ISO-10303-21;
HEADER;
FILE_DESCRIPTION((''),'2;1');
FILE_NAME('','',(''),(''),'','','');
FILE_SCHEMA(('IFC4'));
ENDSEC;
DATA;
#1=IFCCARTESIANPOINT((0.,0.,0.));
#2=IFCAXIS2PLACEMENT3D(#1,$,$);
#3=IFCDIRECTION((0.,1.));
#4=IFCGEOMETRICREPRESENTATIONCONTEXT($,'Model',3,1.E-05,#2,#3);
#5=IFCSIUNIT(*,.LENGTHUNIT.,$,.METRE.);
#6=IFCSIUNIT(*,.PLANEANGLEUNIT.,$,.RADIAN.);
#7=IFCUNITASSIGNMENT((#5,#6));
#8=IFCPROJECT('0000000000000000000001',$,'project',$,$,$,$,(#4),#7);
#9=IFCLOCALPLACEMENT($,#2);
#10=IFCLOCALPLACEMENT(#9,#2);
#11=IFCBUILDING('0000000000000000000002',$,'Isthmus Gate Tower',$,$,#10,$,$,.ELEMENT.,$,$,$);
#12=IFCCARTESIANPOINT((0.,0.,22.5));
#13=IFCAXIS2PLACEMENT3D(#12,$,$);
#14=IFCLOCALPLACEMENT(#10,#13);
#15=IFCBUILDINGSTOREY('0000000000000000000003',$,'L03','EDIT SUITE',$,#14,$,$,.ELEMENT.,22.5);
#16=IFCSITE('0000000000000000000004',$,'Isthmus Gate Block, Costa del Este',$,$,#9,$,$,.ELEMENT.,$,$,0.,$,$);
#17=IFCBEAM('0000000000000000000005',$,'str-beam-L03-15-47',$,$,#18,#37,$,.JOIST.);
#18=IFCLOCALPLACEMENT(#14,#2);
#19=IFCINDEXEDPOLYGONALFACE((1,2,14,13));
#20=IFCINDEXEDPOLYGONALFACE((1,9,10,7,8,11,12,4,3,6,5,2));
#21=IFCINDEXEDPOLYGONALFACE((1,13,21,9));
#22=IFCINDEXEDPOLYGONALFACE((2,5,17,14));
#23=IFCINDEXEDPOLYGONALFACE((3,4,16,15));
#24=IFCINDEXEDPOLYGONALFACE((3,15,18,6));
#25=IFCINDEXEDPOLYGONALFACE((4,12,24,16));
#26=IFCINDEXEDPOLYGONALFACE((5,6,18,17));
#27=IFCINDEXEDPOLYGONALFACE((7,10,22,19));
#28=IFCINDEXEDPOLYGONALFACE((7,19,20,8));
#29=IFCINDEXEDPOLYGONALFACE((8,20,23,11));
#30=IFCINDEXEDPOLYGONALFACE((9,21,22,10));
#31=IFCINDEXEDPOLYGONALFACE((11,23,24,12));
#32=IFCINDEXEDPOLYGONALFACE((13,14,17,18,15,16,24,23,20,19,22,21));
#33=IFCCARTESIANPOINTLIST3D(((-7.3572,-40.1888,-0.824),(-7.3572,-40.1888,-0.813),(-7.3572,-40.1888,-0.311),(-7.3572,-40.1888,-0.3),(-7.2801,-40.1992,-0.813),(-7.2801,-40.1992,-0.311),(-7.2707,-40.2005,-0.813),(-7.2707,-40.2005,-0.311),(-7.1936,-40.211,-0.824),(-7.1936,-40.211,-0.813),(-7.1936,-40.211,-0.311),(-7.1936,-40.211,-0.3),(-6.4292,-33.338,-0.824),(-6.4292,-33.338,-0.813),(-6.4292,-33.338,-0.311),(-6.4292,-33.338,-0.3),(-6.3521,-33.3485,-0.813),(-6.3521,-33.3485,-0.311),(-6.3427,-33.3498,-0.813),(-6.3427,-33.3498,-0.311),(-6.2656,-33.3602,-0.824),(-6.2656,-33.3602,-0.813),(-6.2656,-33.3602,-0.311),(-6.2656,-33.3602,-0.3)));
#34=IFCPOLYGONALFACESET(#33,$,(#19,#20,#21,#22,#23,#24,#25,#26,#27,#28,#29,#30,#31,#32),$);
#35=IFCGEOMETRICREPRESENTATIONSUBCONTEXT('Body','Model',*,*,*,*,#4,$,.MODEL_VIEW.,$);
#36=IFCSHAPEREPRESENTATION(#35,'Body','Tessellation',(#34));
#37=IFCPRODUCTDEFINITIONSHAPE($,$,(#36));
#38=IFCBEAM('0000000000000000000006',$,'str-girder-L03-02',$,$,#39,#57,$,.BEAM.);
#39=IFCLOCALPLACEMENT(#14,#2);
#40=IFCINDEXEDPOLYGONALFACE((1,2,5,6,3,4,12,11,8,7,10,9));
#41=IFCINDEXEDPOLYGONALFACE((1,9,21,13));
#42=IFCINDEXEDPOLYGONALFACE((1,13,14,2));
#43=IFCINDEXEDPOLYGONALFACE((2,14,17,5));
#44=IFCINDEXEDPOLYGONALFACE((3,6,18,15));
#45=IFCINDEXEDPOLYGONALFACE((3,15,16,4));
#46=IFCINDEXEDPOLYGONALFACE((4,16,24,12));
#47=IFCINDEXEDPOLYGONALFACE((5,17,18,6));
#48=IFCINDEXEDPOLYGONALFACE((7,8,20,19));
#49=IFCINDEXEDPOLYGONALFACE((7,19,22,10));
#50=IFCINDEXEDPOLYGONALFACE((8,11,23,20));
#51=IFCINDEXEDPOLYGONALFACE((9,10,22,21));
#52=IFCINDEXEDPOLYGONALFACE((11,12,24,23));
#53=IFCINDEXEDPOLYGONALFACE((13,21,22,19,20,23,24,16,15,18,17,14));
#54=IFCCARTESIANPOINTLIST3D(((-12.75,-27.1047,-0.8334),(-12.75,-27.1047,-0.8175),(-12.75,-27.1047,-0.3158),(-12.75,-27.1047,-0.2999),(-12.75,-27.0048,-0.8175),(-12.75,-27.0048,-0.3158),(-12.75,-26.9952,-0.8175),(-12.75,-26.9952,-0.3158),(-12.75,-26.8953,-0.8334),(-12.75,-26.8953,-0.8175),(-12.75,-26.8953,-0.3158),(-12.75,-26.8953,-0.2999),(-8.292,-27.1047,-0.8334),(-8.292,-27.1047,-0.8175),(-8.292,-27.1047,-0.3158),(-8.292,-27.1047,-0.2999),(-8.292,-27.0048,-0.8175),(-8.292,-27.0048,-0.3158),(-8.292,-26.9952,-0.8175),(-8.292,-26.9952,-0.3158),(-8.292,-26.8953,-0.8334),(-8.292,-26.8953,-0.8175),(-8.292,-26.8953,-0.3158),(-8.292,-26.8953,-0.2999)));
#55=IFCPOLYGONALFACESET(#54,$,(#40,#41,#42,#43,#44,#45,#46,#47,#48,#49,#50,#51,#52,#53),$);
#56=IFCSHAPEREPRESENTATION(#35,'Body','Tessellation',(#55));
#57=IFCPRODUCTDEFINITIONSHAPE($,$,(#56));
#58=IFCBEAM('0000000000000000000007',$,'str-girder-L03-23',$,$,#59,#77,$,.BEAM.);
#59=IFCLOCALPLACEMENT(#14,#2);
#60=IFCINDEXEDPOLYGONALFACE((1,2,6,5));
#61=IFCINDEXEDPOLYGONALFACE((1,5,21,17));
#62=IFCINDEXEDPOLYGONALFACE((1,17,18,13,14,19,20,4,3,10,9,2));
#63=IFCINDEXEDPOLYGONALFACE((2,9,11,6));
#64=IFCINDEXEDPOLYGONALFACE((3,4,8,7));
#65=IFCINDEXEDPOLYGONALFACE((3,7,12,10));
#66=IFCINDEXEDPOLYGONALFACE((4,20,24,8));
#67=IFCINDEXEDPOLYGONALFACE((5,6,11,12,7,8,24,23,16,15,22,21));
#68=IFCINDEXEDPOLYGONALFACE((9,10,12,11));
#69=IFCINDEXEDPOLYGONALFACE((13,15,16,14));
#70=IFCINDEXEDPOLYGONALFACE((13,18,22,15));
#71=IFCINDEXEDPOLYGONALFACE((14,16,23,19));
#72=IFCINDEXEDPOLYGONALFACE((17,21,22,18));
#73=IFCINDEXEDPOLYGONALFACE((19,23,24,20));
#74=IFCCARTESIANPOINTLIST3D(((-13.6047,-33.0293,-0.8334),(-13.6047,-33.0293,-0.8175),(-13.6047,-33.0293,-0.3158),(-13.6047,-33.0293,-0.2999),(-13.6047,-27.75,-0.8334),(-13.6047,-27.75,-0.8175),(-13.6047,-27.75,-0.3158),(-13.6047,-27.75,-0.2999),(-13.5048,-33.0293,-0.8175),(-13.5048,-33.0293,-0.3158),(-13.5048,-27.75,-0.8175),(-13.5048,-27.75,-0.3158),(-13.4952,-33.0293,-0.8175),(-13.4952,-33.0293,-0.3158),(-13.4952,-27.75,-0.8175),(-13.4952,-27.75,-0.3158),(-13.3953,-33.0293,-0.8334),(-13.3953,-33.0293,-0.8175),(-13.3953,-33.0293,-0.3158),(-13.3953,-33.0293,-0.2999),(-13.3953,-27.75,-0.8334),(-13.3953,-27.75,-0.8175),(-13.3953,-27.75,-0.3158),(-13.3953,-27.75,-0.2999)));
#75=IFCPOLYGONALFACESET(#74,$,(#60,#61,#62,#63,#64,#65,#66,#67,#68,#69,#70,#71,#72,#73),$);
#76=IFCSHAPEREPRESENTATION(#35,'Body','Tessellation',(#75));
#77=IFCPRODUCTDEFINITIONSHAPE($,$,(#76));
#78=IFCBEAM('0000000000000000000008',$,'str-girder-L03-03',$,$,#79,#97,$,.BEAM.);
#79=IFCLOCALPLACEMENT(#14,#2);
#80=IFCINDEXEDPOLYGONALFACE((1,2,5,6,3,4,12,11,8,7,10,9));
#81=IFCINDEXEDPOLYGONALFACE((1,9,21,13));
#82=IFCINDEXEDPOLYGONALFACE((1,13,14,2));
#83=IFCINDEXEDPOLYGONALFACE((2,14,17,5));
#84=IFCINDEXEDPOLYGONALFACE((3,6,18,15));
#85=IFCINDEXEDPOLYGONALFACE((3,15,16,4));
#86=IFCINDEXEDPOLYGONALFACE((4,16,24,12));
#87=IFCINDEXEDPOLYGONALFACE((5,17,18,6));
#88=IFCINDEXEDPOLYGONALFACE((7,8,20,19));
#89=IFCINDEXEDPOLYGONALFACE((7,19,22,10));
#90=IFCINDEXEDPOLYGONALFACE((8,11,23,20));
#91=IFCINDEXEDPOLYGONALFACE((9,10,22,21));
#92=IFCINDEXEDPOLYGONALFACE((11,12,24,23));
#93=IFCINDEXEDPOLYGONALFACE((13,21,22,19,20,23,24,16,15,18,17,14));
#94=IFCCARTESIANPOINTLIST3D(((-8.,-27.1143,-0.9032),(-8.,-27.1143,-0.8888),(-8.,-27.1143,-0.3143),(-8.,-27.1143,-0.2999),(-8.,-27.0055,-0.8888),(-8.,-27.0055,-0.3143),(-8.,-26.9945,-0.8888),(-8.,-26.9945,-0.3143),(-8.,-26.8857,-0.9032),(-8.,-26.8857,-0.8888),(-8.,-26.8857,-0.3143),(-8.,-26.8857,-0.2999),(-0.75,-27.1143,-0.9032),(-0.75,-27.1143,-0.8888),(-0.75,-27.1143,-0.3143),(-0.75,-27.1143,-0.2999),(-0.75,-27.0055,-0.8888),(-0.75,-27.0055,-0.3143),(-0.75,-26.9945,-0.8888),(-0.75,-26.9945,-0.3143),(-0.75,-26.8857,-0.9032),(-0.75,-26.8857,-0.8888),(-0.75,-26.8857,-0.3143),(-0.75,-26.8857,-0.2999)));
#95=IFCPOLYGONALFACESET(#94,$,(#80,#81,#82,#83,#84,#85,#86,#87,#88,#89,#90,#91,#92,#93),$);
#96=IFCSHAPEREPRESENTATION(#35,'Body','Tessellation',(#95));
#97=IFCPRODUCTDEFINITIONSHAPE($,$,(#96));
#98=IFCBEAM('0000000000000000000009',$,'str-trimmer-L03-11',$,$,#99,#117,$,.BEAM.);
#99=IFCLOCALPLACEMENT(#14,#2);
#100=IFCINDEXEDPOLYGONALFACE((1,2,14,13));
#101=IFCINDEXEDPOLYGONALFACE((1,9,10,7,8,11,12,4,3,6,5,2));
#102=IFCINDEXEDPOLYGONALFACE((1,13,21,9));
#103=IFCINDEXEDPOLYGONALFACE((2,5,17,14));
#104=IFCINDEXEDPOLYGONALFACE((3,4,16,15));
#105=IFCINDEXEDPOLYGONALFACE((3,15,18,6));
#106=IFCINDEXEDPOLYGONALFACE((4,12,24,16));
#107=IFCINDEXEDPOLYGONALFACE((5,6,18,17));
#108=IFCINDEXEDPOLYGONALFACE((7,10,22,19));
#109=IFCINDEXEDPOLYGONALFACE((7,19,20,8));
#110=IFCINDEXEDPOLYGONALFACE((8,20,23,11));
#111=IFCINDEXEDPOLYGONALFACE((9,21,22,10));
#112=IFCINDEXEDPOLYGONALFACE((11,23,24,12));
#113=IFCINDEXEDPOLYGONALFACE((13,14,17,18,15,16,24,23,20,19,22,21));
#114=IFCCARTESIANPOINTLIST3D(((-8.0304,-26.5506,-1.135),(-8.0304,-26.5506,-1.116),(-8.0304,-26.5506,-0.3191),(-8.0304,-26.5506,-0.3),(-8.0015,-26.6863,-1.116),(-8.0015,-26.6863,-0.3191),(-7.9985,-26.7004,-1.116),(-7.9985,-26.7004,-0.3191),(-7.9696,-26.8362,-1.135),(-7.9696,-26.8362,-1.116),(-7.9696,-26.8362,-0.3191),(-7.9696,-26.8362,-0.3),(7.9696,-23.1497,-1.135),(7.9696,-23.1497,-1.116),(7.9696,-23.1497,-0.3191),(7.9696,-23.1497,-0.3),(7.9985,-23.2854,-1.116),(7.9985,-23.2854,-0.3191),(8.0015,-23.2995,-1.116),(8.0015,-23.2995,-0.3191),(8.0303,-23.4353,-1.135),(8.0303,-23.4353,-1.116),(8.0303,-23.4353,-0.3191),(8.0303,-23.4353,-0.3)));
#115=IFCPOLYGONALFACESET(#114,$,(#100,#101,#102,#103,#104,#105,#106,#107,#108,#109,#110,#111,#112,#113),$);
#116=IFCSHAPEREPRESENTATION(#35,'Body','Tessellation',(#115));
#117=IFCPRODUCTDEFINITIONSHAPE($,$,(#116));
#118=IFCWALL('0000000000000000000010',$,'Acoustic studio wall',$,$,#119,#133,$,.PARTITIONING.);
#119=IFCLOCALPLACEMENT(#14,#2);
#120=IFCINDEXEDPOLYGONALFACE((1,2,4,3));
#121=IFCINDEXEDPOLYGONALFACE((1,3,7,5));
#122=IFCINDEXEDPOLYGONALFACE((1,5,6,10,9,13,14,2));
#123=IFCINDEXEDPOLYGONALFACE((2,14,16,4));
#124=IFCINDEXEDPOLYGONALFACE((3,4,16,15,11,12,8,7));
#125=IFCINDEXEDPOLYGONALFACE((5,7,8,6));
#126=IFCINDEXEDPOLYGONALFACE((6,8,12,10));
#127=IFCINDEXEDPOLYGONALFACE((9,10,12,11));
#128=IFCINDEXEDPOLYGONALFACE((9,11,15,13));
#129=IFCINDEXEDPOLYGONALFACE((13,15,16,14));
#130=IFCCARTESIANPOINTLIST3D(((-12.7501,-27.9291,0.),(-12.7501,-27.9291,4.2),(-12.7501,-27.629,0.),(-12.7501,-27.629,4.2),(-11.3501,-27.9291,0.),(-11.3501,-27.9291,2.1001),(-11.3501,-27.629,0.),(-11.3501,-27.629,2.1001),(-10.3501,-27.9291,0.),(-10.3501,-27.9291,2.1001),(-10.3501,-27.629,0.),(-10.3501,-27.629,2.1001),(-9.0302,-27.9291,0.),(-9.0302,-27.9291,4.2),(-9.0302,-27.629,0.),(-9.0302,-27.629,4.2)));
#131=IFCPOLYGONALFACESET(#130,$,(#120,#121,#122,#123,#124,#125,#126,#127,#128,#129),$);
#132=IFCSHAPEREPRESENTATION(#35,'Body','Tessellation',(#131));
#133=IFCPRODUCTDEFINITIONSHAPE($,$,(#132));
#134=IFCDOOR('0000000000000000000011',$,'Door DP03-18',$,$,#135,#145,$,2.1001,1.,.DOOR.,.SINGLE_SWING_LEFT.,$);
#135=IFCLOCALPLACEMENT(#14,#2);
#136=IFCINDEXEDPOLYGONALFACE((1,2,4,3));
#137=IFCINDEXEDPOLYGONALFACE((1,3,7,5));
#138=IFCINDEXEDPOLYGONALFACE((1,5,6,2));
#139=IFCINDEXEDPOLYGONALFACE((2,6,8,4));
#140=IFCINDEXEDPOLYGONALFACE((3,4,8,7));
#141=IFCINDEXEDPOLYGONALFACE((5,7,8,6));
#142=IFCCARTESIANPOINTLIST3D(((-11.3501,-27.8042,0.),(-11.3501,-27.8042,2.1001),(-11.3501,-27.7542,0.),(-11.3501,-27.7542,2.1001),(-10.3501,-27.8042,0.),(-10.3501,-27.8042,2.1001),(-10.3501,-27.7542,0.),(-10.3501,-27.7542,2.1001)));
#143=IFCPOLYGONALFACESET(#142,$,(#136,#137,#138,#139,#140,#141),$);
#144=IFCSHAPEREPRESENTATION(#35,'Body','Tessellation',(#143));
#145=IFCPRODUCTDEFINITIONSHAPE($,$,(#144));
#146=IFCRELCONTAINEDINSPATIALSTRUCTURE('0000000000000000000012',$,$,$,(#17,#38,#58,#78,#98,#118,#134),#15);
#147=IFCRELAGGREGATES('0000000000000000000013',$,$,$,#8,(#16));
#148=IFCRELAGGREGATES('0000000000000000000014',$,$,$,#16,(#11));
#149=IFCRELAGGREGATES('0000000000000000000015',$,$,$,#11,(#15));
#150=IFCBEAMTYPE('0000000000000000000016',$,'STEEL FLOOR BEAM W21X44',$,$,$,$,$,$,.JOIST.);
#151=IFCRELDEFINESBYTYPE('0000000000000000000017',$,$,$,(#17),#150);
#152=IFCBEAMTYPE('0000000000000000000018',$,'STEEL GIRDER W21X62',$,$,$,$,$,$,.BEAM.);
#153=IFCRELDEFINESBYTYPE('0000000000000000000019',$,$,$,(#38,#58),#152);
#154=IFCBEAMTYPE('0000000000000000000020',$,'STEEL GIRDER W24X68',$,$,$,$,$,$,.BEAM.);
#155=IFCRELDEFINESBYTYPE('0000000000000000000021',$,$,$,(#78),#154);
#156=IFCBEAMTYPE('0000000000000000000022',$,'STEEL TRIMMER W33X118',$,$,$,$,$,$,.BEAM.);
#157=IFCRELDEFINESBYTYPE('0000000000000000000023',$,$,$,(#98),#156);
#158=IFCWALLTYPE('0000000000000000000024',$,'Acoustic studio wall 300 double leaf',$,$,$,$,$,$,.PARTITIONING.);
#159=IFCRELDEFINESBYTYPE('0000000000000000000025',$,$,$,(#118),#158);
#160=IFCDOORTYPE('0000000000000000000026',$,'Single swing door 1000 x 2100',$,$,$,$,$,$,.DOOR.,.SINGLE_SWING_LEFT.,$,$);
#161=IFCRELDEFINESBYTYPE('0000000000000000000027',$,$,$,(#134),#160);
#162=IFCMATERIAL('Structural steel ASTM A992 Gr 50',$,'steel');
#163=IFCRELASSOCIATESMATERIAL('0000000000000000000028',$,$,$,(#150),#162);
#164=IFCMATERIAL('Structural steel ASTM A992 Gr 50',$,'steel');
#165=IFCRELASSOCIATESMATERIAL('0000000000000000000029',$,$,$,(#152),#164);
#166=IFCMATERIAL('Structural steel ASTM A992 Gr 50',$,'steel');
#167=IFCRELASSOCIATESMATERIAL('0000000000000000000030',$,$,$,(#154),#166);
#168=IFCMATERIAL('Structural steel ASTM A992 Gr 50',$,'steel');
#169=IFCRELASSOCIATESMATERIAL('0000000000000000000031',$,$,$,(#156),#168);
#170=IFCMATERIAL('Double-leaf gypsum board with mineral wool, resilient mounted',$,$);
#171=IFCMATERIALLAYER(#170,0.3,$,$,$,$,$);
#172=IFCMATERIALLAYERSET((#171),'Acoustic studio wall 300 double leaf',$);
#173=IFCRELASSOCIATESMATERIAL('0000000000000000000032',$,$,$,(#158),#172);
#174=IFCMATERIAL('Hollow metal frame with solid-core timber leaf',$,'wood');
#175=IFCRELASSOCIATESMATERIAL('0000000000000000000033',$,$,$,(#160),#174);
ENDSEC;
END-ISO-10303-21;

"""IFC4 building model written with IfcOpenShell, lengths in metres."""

from ifc_helpers import new_model, si_unit, direction, frame, frame_2d, origin, origin_2d, place, context, subcontext, project, spatial, rectangle, i_section, extrude, material, layer, layer_set, material_profile, profile_set, type_object, element, fill, save


model = new_model("IFC4")

# Units and contexts
model_context = context("Model", 3, precision=1e-05, world=origin(), true_north=direction((0.0, 1.0)))
body_context = subcontext(model_context, "Body", "Model", "MODEL_VIEW")
ifc_project = project(units=[si_unit("LENGTHUNIT", "METRE"), si_unit("PLANEANGLEUNIT", "RADIAN")], contexts=[model_context])

# Site, building, storey
site_placement = place(None, origin())
site = spatial("IfcSite", under=ifc_project, at=site_placement, Name="Isthmus Gate Block, Costa del Este", CompositionType="ELEMENT", RefElevation=0.0)
building_placement = place(site_placement, origin())
building = spatial("IfcBuilding", under=site, at=building_placement, Name="Isthmus Gate Tower", CompositionType="ELEMENT")
storey_placement = place(building_placement, frame((0.0, 0.0, 22.5)))
storey = spatial("IfcBuildingStorey", under=building, at=storey_placement, Name="L03", Description="EDIT SUITE", CompositionType="ELEMENT", Elevation=22.5)

# Beams
ifc_material_1 = material(Name="Structural steel ASTM A992 Gr 50", Category="steel")
ifc_material_profile_1 = material_profile(ifc_material_1, i_section(OverallWidth=0.165, OverallDepth=0.5239, WebThickness=0.0095, FlangeThickness=0.011, at=origin_2d()), Name="W21X44")
ifc_profile_set_1 = profile_set([ifc_material_profile_1], Name="Structural steel ASTM A992 Gr 50")
beam_type_1 = type_object("IfcBeamType", Name="STEEL FLOOR BEAM W21X44", PredefinedType="JOIST", material=ifc_profile_set_1)
beam_1_placement = place(storey_placement, frame((-6.3474, -33.3491, -0.562), z_axis=(-0.134229, -0.99095, 0.0), x_axis=(0.99095, -0.134229, 0.0)))
element("IfcBeam", 1, at=beam_1_placement, inside=storey, type_object=beam_type_1, Name="str-beam-L03-15-47", PredefinedType="JOIST", context=body_context, shape_type="SweptSolid", body=[
    extrude(i_section(OverallWidth=0.165, OverallDepth=0.5239, WebThickness=0.0095, FlangeThickness=0.011, at=origin_2d()), origin(), (0.0, 0.0, 1.0), 6.9133),
])
ifc_material_2 = material(Name="Structural steel ASTM A992 Gr 50", Category="steel")
ifc_material_profile_2 = material_profile(ifc_material_2, i_section(OverallWidth=0.2095, OverallDepth=0.5334, WebThickness=0.0095, FlangeThickness=0.0159, at=origin_2d()), Name="W21X62")
ifc_profile_set_2 = profile_set([ifc_material_profile_2], Name="Structural steel ASTM A992 Gr 50")
beam_type_2 = type_object("IfcBeamType", Name="STEEL GIRDER W21X62", PredefinedType="BEAM", material=ifc_profile_set_2)
beam_2_placement = place(storey_placement, frame((-12.75, -27.0, -0.5667), z_axis=(1.0, 0.0, 0.0), x_axis=(0.0, 1.0, 0.0)))
element("IfcBeam", 2, at=beam_2_placement, inside=storey, type_object=beam_type_2, Name="str-girder-L03-02", PredefinedType="BEAM", context=body_context, shape_type="SweptSolid", body=[
    extrude(i_section(OverallWidth=0.2095, OverallDepth=0.5334, WebThickness=0.0095, FlangeThickness=0.0159, at=origin_2d()), origin(), (0.0, 0.0, 1.0), 4.458),
])
beam_3_placement = place(storey_placement, frame((-13.5, -33.0293, -0.5667), z_axis=(0.0, 1.0, 0.0), x_axis=(-1.0, 0.0, 0.0)))
element("IfcBeam", 3, at=beam_3_placement, inside=storey, type_object=beam_type_2, Name="str-girder-L03-23", PredefinedType="BEAM", context=body_context, shape_type="SweptSolid", body=[
    extrude(i_section(OverallWidth=0.2095, OverallDepth=0.5334, WebThickness=0.0095, FlangeThickness=0.0159, at=origin_2d()), origin(), (0.0, 0.0, 1.0), 5.2793),
])
ifc_material_3 = material(Name="Structural steel ASTM A992 Gr 50", Category="steel")
ifc_material_profile_3 = material_profile(ifc_material_3, i_section(OverallWidth=0.2285, OverallDepth=0.6033, WebThickness=0.011, FlangeThickness=0.0144, at=origin_2d()), Name="W24X68")
ifc_profile_set_3 = profile_set([ifc_material_profile_3], Name="Structural steel ASTM A992 Gr 50")
beam_type_3 = type_object("IfcBeamType", Name="STEEL GIRDER W24X68", PredefinedType="BEAM", material=ifc_profile_set_3)
beam_4_placement = place(storey_placement, frame((-8.0, -27.0, -0.6016), z_axis=(1.0, 0.0, 0.0), x_axis=(0.0, 1.0, 0.0)))
element("IfcBeam", 4, at=beam_4_placement, inside=storey, type_object=beam_type_3, Name="str-girder-L03-03", PredefinedType="BEAM", context=body_context, shape_type="SweptSolid", body=[
    extrude(i_section(OverallWidth=0.2285, OverallDepth=0.6033, WebThickness=0.011, FlangeThickness=0.0144, at=origin_2d()), origin(), (0.0, 0.0, 1.0), 7.25),
])
ifc_material_4 = material(Name="Structural steel ASTM A992 Gr 50", Category="steel")
ifc_material_profile_4 = material_profile(ifc_material_4, i_section(OverallWidth=0.292, OverallDepth=0.835, WebThickness=0.0144, FlangeThickness=0.019, at=origin_2d()), Name="W33X118")
ifc_profile_set_4 = profile_set([ifc_material_profile_4], Name="Structural steel ASTM A992 Gr 50")
beam_type_4 = type_object("IfcBeamType", Name="STEEL TRIMMER W33X118", PredefinedType="BEAM", material=ifc_profile_set_4)
beam_5_placement = place(storey_placement, frame((-8.0, -26.6934, -0.7175), z_axis=(0.978148, 0.20791, 0.0), x_axis=(-0.20791, 0.978148, 0.0)))
element("IfcBeam", 5, at=beam_5_placement, inside=storey, type_object=beam_type_4, Name="str-trimmer-L03-11", PredefinedType="BEAM", context=body_context, shape_type="SweptSolid", body=[
    extrude(i_section(OverallWidth=0.292, OverallDepth=0.835, WebThickness=0.0144, FlangeThickness=0.019, at=origin_2d()), origin(), (0.0, 0.0, 1.0), 16.3574),
])

# Wall, opening, door
ifc_material_5 = material(Name="Double-leaf gypsum board with mineral wool, resilient mounted")
ifc_layer_1 = layer(ifc_material_5, 0.3)
ifc_layer_set_1 = layer_set([ifc_layer_1], Name="Acoustic studio wall 300 double leaf")
wall_type_1 = type_object("IfcWallType", Name="Acoustic studio wall 300 double leaf", PredefinedType="PARTITIONING", material=ifc_layer_set_1)
wall_1_placement = place(storey_placement, frame((-12.75, -27.7791, 0.0), z_axis=(0.0, 0.0, 1.0), x_axis=(1.0, 0.0, 0.0)))
wall_1 = element("IfcWall", 6, at=wall_1_placement, inside=storey, type_object=wall_type_1, Name="Acoustic studio wall", PredefinedType="PARTITIONING", context=body_context, shape_type="SweptSolid", body=[
    extrude(rectangle(XDim=3.72, YDim=0.3, at=frame_2d((1.8599, 0.0))), origin(), (0.0, 0.0, 1.0), 4.2),
])
opening_1_placement = place(wall_1_placement, frame((1.3999, 0.0, 0.0)))
opening_1 = element("IfcOpeningElement", 7, at=opening_1_placement, cuts=wall_1, PredefinedType="OPENING", context=body_context, shape_type="SweptSolid", body=[
    extrude(rectangle(XDim=1.0, YDim=2.1001, at=frame_2d((0.5, 1.05))), frame((0.0, 0.1599, 0.0), z_axis=(0.0, -1.0, 0.0), x_axis=(1.0, 0.0, 0.0)), (0.0, 0.0, 1.0), 0.3201),
])
ifc_material_6 = material(Name="Hollow metal frame with solid-core timber leaf", Category="wood")
door_type_1 = type_object("IfcDoorType", Name="Single swing door 1000 x 2100", OperationType="SINGLE_SWING_LEFT", PredefinedType="DOOR", material=ifc_material_6)
door_1_placement = place(opening_1_placement, origin())
door_1 = element("IfcDoor", 8, at=door_1_placement, inside=storey, type_object=door_type_1, Name="Door DP03-18", OperationType="SINGLE_SWING_LEFT", OverallHeight=2.1001, OverallWidth=1.0, PredefinedType="DOOR", context=body_context, shape_type="SweptSolid", body=[
    extrude(rectangle(XDim=1.0, YDim=2.1001, at=frame_2d((0.5, 1.05))), frame((0.0, 0.0249, 0.0), z_axis=(0.0, -1.0, 0.0), x_axis=(1.0, 0.0, 0.0)), (0.0, 0.0, 1.0), 0.05),
])
fill(opening_1, door_1)

save(model, "model.ifc")
